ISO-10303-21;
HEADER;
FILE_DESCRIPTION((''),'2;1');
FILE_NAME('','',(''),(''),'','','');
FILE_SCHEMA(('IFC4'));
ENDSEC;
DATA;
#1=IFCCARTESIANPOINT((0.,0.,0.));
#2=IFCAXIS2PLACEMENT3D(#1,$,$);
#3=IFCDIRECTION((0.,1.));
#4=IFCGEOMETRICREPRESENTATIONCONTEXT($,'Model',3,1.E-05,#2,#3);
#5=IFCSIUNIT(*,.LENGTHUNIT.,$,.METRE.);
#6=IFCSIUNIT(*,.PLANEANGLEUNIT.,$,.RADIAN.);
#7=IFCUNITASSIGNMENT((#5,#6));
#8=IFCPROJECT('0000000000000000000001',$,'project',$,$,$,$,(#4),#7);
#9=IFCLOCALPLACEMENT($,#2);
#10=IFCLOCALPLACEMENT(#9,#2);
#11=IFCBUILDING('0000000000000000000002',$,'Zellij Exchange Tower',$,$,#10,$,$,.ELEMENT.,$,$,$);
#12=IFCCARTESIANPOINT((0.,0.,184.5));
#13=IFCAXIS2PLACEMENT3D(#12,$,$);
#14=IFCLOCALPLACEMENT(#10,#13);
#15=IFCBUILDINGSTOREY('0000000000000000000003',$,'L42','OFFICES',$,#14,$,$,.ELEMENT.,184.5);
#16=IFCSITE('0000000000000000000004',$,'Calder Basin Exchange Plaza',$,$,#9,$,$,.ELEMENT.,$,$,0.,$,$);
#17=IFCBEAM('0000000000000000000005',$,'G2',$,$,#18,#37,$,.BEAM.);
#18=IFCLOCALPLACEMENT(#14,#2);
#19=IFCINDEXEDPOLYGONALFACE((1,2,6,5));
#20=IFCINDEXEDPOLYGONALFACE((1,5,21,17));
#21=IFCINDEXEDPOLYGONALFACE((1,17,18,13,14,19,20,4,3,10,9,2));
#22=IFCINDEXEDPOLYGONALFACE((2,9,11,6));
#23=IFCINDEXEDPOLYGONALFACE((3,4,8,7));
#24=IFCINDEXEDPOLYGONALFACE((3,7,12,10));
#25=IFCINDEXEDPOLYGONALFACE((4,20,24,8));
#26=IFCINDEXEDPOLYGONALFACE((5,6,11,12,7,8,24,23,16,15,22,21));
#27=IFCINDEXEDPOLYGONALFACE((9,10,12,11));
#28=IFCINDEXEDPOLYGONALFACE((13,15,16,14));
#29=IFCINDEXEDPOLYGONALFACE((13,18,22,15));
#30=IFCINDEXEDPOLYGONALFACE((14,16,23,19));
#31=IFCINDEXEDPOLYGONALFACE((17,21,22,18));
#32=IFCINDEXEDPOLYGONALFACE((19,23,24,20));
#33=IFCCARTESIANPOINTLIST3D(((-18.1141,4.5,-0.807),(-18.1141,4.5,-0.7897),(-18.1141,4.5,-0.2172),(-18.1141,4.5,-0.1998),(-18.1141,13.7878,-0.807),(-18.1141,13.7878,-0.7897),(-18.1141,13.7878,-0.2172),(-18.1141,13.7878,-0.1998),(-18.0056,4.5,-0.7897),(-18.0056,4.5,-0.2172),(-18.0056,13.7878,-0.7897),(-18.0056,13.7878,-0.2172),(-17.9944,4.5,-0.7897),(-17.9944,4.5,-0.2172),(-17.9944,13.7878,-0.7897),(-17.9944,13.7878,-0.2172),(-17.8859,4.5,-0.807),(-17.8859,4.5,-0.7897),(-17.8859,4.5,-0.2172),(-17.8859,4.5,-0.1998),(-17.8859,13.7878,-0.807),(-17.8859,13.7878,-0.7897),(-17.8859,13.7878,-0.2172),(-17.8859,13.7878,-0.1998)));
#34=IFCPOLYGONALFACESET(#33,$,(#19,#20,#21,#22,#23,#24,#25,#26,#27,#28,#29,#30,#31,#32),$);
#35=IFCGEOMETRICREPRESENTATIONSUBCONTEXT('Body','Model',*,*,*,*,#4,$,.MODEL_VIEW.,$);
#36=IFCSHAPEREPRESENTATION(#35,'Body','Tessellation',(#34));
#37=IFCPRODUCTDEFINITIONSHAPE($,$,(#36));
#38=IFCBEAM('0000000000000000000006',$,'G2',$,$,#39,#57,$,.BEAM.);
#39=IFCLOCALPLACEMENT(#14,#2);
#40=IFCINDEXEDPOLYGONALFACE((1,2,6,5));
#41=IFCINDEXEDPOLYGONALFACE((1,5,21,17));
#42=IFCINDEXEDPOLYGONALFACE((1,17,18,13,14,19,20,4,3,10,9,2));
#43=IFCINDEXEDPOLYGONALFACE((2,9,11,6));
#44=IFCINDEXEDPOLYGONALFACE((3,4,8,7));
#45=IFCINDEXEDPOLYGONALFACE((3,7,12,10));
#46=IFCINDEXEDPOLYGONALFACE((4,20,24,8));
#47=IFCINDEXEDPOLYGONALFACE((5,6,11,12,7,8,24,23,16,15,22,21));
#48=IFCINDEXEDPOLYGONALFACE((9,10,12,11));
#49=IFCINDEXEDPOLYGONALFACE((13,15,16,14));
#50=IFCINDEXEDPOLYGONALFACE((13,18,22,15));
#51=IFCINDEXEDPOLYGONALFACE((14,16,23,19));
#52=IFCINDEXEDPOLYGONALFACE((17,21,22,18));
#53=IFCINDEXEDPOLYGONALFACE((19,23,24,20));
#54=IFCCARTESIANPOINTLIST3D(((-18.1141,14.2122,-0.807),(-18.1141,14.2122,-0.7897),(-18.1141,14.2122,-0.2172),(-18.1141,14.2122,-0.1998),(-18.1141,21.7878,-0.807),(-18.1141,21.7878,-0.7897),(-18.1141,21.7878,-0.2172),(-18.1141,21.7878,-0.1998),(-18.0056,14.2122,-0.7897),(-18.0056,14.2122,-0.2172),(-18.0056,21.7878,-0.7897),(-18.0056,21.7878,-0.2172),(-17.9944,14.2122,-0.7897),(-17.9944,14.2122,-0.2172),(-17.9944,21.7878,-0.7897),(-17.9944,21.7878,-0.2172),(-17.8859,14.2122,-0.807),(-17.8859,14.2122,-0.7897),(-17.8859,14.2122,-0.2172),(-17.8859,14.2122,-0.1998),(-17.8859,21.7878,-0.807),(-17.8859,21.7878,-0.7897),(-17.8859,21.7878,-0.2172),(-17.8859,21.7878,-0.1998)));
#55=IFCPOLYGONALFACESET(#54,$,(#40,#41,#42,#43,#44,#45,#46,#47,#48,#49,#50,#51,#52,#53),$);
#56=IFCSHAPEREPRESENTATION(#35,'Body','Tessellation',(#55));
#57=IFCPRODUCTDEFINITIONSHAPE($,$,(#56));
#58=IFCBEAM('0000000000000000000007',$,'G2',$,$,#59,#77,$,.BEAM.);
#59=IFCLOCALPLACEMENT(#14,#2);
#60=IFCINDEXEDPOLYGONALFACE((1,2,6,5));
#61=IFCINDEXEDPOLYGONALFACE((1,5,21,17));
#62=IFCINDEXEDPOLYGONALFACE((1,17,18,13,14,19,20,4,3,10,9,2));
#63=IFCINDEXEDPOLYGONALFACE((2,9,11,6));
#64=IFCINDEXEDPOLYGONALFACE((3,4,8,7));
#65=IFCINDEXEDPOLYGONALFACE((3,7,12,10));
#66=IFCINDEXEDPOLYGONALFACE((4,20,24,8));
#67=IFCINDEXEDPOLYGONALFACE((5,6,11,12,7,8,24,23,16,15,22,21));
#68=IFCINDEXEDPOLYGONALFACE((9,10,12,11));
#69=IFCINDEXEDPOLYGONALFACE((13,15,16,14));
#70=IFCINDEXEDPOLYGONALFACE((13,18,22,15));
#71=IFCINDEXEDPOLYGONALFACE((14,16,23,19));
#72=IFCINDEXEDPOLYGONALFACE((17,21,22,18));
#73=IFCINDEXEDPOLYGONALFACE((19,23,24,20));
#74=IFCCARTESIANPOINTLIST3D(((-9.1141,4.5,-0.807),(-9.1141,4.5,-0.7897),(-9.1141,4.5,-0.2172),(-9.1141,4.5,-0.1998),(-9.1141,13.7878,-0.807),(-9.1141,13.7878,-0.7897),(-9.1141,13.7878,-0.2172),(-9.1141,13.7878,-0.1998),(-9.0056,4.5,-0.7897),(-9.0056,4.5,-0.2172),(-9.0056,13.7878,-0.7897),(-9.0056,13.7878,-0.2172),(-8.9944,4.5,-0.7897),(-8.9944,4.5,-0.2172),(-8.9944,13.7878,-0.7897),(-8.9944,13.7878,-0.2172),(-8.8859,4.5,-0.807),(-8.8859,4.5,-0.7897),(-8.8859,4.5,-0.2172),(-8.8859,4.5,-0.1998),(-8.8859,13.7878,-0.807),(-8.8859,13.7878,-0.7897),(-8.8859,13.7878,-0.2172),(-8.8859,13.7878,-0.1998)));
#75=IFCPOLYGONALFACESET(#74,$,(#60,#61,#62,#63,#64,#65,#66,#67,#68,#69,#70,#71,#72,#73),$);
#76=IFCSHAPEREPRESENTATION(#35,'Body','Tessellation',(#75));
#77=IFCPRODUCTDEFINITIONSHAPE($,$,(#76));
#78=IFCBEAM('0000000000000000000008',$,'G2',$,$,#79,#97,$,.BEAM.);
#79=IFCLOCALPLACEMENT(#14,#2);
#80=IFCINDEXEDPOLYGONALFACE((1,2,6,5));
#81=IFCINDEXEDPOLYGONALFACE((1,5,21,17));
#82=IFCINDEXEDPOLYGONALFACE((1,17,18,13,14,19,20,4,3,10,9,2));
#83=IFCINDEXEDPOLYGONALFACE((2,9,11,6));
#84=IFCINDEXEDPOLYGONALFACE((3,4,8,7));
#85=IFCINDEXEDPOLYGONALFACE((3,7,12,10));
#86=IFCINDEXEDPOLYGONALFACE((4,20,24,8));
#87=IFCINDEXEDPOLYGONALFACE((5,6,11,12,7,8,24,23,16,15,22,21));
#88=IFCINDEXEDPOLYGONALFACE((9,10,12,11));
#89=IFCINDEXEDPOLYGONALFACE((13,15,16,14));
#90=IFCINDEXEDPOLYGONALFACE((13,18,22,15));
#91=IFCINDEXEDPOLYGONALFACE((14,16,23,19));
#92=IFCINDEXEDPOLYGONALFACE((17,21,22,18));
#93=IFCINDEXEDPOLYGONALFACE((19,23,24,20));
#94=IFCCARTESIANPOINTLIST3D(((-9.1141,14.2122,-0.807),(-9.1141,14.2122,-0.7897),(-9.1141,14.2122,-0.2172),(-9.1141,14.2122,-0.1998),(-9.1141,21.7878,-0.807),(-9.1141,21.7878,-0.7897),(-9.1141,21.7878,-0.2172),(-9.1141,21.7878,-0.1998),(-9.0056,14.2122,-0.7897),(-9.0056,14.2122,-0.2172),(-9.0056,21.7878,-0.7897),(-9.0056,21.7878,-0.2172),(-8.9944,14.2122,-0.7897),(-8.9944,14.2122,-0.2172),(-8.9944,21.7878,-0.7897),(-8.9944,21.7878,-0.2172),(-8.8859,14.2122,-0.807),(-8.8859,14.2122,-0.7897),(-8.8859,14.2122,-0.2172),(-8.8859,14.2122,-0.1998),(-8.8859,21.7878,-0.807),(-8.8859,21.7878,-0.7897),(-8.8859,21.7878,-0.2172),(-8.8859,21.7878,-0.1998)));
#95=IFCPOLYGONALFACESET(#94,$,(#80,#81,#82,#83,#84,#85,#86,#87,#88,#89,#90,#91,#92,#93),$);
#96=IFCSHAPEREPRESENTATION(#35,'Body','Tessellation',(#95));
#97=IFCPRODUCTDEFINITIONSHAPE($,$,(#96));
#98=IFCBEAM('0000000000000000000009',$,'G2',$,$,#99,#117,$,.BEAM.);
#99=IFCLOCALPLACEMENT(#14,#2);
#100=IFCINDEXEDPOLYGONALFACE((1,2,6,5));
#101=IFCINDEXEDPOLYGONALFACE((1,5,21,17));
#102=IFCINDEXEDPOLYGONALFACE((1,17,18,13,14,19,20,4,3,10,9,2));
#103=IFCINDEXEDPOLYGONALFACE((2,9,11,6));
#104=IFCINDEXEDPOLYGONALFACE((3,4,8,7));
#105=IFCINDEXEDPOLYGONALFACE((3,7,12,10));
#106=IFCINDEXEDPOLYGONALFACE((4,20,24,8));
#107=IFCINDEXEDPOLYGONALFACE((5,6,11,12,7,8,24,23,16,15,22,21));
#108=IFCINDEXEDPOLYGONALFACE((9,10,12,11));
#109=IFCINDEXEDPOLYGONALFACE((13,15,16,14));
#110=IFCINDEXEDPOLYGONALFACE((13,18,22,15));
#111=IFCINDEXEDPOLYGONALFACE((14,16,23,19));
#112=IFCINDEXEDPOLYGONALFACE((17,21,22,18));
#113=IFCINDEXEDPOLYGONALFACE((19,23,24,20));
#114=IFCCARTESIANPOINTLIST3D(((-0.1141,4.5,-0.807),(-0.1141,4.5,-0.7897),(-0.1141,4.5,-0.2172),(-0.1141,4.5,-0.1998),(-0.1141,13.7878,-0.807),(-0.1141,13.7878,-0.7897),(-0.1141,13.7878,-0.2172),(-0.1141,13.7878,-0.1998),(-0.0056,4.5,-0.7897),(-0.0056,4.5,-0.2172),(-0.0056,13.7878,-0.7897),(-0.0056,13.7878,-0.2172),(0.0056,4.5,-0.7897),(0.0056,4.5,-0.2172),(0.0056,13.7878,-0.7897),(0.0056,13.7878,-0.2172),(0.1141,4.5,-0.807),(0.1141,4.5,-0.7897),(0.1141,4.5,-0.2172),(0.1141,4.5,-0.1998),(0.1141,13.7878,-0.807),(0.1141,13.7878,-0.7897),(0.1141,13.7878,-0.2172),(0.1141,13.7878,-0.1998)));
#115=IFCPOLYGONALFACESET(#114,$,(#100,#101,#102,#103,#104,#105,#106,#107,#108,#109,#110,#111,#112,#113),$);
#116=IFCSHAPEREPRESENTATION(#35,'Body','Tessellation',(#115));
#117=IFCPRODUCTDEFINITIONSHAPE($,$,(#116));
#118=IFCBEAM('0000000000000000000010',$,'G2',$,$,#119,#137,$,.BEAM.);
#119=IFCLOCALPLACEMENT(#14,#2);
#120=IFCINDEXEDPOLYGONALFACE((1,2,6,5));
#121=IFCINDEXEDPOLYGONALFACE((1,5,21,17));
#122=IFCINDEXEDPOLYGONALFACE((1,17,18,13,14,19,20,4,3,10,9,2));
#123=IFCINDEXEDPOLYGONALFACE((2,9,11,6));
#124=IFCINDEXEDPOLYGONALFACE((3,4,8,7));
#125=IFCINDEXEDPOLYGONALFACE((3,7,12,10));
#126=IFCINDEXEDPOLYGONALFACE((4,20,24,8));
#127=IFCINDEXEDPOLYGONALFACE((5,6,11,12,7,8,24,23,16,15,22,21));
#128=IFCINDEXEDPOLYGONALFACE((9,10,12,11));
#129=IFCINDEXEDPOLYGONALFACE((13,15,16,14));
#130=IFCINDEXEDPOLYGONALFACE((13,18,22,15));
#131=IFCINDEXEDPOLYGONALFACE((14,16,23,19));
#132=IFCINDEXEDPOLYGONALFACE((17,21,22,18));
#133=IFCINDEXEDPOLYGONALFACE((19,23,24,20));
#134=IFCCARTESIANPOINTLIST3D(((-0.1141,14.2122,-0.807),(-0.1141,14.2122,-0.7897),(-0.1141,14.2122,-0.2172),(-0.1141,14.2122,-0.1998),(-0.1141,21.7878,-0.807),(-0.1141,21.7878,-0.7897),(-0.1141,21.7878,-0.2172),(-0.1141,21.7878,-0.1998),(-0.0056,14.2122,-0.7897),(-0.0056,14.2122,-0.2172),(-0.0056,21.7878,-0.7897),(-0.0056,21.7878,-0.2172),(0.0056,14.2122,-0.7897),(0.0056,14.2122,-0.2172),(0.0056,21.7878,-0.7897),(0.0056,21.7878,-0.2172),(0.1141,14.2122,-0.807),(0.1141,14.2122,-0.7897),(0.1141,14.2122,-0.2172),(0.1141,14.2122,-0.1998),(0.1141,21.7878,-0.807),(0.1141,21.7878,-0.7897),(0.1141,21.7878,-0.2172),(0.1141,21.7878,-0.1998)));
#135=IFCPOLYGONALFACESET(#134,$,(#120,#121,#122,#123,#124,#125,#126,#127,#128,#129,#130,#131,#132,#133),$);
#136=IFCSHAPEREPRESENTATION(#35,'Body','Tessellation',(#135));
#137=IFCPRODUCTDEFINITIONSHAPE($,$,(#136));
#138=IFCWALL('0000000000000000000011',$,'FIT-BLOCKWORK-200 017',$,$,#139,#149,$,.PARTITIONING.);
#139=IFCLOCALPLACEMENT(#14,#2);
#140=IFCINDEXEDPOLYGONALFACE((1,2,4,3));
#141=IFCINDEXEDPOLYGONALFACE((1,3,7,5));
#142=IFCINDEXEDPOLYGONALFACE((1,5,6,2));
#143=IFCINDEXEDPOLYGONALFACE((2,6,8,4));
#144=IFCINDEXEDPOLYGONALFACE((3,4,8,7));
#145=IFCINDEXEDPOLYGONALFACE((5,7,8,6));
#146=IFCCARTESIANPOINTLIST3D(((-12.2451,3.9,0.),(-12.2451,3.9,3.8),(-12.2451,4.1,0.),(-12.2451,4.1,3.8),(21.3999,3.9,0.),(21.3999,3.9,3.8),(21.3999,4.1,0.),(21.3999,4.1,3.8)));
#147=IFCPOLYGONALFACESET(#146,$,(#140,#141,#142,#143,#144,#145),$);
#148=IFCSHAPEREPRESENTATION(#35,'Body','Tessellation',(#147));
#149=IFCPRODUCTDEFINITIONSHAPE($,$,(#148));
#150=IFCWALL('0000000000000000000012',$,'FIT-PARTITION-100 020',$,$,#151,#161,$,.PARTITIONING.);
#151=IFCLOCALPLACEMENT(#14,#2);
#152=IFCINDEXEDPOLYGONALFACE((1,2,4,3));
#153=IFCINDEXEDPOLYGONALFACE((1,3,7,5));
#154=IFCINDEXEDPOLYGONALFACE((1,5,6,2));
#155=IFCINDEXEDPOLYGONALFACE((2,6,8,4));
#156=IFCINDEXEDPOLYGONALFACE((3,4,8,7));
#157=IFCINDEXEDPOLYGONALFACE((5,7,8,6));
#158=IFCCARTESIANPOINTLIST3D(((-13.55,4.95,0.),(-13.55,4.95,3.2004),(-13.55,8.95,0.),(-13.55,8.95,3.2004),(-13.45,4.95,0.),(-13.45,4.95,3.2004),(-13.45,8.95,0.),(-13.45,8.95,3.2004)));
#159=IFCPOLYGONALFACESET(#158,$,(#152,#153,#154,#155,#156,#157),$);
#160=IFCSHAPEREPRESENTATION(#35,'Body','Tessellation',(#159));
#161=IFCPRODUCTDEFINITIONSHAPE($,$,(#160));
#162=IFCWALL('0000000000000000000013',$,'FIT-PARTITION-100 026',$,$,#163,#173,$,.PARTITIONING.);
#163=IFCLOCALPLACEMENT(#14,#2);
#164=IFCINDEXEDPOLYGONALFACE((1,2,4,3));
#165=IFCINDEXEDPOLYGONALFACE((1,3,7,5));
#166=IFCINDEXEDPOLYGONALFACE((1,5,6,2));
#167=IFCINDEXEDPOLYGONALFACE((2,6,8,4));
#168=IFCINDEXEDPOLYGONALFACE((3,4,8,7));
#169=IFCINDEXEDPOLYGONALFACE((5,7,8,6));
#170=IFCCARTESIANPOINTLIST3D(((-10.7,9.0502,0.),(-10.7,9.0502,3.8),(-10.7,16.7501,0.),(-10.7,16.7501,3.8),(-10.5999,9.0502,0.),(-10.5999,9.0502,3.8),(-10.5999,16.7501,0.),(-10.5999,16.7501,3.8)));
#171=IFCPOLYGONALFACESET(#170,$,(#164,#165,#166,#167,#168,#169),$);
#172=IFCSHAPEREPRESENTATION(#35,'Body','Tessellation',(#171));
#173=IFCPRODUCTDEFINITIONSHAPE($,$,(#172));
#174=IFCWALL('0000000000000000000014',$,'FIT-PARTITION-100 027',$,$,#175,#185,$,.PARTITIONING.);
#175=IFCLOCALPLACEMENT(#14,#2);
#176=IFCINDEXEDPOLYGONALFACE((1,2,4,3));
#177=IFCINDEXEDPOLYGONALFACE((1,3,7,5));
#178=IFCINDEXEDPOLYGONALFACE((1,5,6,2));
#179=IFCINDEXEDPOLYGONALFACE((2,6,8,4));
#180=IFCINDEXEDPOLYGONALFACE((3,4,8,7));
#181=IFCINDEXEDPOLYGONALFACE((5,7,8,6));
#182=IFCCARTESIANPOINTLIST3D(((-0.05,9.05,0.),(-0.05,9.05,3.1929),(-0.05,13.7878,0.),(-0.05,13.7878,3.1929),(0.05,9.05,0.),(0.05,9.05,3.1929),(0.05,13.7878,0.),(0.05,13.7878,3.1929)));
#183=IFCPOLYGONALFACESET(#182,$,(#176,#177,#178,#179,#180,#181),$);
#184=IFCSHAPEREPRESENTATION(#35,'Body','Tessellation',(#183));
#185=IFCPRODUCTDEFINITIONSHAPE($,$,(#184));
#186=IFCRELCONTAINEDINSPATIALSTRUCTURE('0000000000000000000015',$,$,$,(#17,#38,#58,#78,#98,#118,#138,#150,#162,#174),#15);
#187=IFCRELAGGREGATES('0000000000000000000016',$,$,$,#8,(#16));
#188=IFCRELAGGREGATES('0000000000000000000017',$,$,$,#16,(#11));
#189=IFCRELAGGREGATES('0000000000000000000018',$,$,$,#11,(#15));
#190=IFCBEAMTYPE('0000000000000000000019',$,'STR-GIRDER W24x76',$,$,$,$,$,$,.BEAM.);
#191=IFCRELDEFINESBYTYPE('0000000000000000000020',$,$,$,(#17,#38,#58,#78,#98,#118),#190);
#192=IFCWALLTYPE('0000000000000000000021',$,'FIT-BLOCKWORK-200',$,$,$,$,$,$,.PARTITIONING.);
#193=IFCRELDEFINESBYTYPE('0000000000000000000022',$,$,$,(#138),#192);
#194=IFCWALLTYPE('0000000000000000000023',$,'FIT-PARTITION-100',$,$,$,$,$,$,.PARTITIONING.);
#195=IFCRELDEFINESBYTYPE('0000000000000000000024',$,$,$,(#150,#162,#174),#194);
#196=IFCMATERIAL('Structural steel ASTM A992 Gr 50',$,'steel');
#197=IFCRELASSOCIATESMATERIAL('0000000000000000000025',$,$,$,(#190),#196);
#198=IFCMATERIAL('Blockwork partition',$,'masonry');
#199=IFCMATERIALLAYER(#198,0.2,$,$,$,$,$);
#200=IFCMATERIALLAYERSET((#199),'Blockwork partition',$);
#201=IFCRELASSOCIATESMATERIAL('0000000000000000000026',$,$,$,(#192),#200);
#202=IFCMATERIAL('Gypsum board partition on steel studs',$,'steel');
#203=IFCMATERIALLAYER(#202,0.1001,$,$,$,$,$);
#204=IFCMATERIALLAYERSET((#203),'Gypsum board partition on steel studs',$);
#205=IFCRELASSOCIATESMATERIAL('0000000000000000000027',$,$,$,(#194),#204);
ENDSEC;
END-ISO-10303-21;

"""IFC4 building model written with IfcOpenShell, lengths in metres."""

from ifc_helpers import new_model, si_unit, direction, frame, frame_2d, origin, origin_2d, place, context, subcontext, project, spatial, rectangle, i_section, extrude, material, layer, layer_set, material_profile, profile_set, type_object, element, save


model = new_model("IFC4")

# Units and contexts
model_context = context("Model", 3, precision=1e-05, world=origin(), true_north=direction((0.0, 1.0)))
body_context = subcontext(model_context, "Body", "Model", "MODEL_VIEW")
ifc_project = project(units=[si_unit("LENGTHUNIT", "METRE"), si_unit("PLANEANGLEUNIT", "RADIAN")], contexts=[model_context])

# Site, building, storey
site_placement = place(None, origin())
site = spatial("IfcSite", under=ifc_project, at=site_placement, Name="Calder Basin Exchange Plaza", CompositionType="ELEMENT", RefElevation=0.0)
building_placement = place(site_placement, origin())
building = spatial("IfcBuilding", under=site, at=building_placement, Name="Zellij Exchange Tower", CompositionType="ELEMENT")
storey_placement = place(building_placement, frame((0.0, 0.0, 184.5)))
storey = spatial("IfcBuildingStorey", under=building, at=storey_placement, Name="L42", Description="OFFICES", CompositionType="ELEMENT", Elevation=184.5)

# Beams
ifc_material_1 = material(Name="Structural steel ASTM A992 Gr 50", Category="steel")
ifc_material_profile_1 = material_profile(ifc_material_1, i_section(OverallWidth=0.2283, OverallDepth=0.6072, WebThickness=0.0112, FlangeThickness=0.0173, at=origin_2d()), Name="W24x76")
ifc_profile_set_1 = profile_set([ifc_material_profile_1], Name="Structural steel ASTM A992 Gr 50")
beam_type = type_object("IfcBeamType", Name="STR-GIRDER W24x76", PredefinedType="BEAM", material=ifc_profile_set_1)
beam_1_placement = place(storey_placement, frame((-18.0, 4.5, -0.5034), z_axis=(0.0, 1.0, 0.0), x_axis=(-1.0, 0.0, 0.0)))
element("IfcBeam", 1, at=beam_1_placement, inside=storey, type_object=beam_type, Name="G2", PredefinedType="BEAM", context=body_context, shape_type="SweptSolid", body=[
    extrude(i_section(OverallWidth=0.2283, OverallDepth=0.6072, WebThickness=0.0112, FlangeThickness=0.0173, at=origin_2d()), origin(), (0.0, 0.0, 1.0), 9.2878),
])
beam_2_placement = place(storey_placement, frame((-18.0, 14.2122, -0.5034), z_axis=(0.0, 1.0, 0.0), x_axis=(-1.0, 0.0, 0.0)))
element("IfcBeam", 2, at=beam_2_placement, inside=storey, type_object=beam_type, Name="G2", PredefinedType="BEAM", context=body_context, shape_type="SweptSolid", body=[
    extrude(i_section(OverallWidth=0.2283, OverallDepth=0.6072, WebThickness=0.0112, FlangeThickness=0.0173, at=origin_2d()), origin(), (0.0, 0.0, 1.0), 7.5757),
])
beam_3_placement = place(storey_placement, frame((-9.0, 4.5, -0.5034), z_axis=(0.0, 1.0, 0.0), x_axis=(-1.0, 0.0, 0.0)))
element("IfcBeam", 3, at=beam_3_placement, inside=storey, type_object=beam_type, Name="G2", PredefinedType="BEAM", context=body_context, shape_type="SweptSolid", body=[
    extrude(i_section(OverallWidth=0.2283, OverallDepth=0.6072, WebThickness=0.0112, FlangeThickness=0.0173, at=origin_2d()), origin(), (0.0, 0.0, 1.0), 9.2878),
])
beam_4_placement = place(storey_placement, frame((-9.0, 14.2122, -0.5034), z_axis=(0.0, 1.0, 0.0), x_axis=(-1.0, 0.0, 0.0)))
element("IfcBeam", 4, at=beam_4_placement, inside=storey, type_object=beam_type, Name="G2", PredefinedType="BEAM", context=body_context, shape_type="SweptSolid", body=[
    extrude(i_section(OverallWidth=0.2283, OverallDepth=0.6072, WebThickness=0.0112, FlangeThickness=0.0173, at=origin_2d()), origin(), (0.0, 0.0, 1.0), 7.5757),
])
beam_5_placement = place(storey_placement, frame((0.0, 4.5, -0.5034), z_axis=(0.0, 1.0, 0.0), x_axis=(-1.0, 0.0, 0.0)))
element("IfcBeam", 5, at=beam_5_placement, inside=storey, type_object=beam_type, Name="G2", PredefinedType="BEAM", context=body_context, shape_type="SweptSolid", body=[
    extrude(i_section(OverallWidth=0.2283, OverallDepth=0.6072, WebThickness=0.0112, FlangeThickness=0.0173, at=origin_2d()), origin(), (0.0, 0.0, 1.0), 9.2878),
])
beam_6_placement = place(storey_placement, frame((0.0, 14.2122, -0.5034), z_axis=(0.0, 1.0, 0.0), x_axis=(-1.0, 0.0, 0.0)))
element("IfcBeam", 6, at=beam_6_placement, inside=storey, type_object=beam_type, Name="G2", PredefinedType="BEAM", context=body_context, shape_type="SweptSolid", body=[
    extrude(i_section(OverallWidth=0.2283, OverallDepth=0.6072, WebThickness=0.0112, FlangeThickness=0.0173, at=origin_2d()), origin(), (0.0, 0.0, 1.0), 7.5757),
])

# Walls
ifc_material_2 = material(Name="Blockwork partition", Category="masonry")
ifc_layer_1 = layer(ifc_material_2, 0.2)
ifc_layer_set_1 = layer_set([ifc_layer_1], Name="Blockwork partition")
wall_type_1 = type_object("IfcWallType", Name="FIT-BLOCKWORK-200", PredefinedType="PARTITIONING", material=ifc_layer_set_1)
wall_1_placement = place(storey_placement, frame((-12.2451, 4.0, 0.0), z_axis=(0.0, 0.0, 1.0), x_axis=(1.0, 0.0, 0.0)))
element("IfcWall", 7, at=wall_1_placement, inside=storey, type_object=wall_type_1, Name="FIT-BLOCKWORK-200 017", PredefinedType="PARTITIONING", context=body_context, shape_type="SweptSolid", body=[
    extrude(rectangle(XDim=33.645, YDim=0.2, at=frame_2d((16.8225, 0.0))), origin(), (0.0, 0.0, 1.0), 3.8),
])
ifc_material_3 = material(Name="Gypsum board partition on steel studs", Category="steel")
ifc_layer_2 = layer(ifc_material_3, 0.1001)
ifc_layer_set_2 = layer_set([ifc_layer_2], Name="Gypsum board partition on steel studs")
wall_type_2 = type_object("IfcWallType", Name="FIT-PARTITION-100", PredefinedType="PARTITIONING", material=ifc_layer_set_2)
wall_2_placement = place(storey_placement, frame((-13.5, 4.95, 0.0), z_axis=(0.0, 0.0, 1.0), x_axis=(0.0, 1.0, 0.0)))
element("IfcWall", 8, at=wall_2_placement, inside=storey, type_object=wall_type_2, Name="FIT-PARTITION-100 020", PredefinedType="PARTITIONING", context=body_context, shape_type="SweptSolid", body=[
    extrude(rectangle(XDim=4.0, YDim=0.1001, at=frame_2d((2.0, 0.0))), origin(), (0.0, 0.0, 1.0), 3.2004),
])
wall_3_placement = place(storey_placement, frame((-10.6499, 9.05, 0.0), z_axis=(0.0, 0.0, 1.0), x_axis=(0.0, 1.0, 0.0)))
element("IfcWall", 9, at=wall_3_placement, inside=storey, type_object=wall_type_2, Name="FIT-PARTITION-100 026", PredefinedType="PARTITIONING", context=body_context, shape_type="SweptSolid", body=[
    extrude(rectangle(XDim=7.7, YDim=0.1001, at=frame_2d((3.8501, 0.0))), origin(), (0.0, 0.0, 1.0), 3.8),
])
wall_4_placement = place(storey_placement, frame((0.0, 9.05, 0.0), z_axis=(0.0, 0.0, 1.0), x_axis=(0.0, 1.0, 0.0)))
element("IfcWall", 10, at=wall_4_placement, inside=storey, type_object=wall_type_2, Name="FIT-PARTITION-100 027", PredefinedType="PARTITIONING", context=body_context, shape_type="SweptSolid", body=[
    extrude(rectangle(XDim=4.7378, YDim=0.1001, at=frame_2d((2.3689, 0.0))), origin(), (0.0, 0.0, 1.0), 3.1929),
])

save(model, "model.ifc")
